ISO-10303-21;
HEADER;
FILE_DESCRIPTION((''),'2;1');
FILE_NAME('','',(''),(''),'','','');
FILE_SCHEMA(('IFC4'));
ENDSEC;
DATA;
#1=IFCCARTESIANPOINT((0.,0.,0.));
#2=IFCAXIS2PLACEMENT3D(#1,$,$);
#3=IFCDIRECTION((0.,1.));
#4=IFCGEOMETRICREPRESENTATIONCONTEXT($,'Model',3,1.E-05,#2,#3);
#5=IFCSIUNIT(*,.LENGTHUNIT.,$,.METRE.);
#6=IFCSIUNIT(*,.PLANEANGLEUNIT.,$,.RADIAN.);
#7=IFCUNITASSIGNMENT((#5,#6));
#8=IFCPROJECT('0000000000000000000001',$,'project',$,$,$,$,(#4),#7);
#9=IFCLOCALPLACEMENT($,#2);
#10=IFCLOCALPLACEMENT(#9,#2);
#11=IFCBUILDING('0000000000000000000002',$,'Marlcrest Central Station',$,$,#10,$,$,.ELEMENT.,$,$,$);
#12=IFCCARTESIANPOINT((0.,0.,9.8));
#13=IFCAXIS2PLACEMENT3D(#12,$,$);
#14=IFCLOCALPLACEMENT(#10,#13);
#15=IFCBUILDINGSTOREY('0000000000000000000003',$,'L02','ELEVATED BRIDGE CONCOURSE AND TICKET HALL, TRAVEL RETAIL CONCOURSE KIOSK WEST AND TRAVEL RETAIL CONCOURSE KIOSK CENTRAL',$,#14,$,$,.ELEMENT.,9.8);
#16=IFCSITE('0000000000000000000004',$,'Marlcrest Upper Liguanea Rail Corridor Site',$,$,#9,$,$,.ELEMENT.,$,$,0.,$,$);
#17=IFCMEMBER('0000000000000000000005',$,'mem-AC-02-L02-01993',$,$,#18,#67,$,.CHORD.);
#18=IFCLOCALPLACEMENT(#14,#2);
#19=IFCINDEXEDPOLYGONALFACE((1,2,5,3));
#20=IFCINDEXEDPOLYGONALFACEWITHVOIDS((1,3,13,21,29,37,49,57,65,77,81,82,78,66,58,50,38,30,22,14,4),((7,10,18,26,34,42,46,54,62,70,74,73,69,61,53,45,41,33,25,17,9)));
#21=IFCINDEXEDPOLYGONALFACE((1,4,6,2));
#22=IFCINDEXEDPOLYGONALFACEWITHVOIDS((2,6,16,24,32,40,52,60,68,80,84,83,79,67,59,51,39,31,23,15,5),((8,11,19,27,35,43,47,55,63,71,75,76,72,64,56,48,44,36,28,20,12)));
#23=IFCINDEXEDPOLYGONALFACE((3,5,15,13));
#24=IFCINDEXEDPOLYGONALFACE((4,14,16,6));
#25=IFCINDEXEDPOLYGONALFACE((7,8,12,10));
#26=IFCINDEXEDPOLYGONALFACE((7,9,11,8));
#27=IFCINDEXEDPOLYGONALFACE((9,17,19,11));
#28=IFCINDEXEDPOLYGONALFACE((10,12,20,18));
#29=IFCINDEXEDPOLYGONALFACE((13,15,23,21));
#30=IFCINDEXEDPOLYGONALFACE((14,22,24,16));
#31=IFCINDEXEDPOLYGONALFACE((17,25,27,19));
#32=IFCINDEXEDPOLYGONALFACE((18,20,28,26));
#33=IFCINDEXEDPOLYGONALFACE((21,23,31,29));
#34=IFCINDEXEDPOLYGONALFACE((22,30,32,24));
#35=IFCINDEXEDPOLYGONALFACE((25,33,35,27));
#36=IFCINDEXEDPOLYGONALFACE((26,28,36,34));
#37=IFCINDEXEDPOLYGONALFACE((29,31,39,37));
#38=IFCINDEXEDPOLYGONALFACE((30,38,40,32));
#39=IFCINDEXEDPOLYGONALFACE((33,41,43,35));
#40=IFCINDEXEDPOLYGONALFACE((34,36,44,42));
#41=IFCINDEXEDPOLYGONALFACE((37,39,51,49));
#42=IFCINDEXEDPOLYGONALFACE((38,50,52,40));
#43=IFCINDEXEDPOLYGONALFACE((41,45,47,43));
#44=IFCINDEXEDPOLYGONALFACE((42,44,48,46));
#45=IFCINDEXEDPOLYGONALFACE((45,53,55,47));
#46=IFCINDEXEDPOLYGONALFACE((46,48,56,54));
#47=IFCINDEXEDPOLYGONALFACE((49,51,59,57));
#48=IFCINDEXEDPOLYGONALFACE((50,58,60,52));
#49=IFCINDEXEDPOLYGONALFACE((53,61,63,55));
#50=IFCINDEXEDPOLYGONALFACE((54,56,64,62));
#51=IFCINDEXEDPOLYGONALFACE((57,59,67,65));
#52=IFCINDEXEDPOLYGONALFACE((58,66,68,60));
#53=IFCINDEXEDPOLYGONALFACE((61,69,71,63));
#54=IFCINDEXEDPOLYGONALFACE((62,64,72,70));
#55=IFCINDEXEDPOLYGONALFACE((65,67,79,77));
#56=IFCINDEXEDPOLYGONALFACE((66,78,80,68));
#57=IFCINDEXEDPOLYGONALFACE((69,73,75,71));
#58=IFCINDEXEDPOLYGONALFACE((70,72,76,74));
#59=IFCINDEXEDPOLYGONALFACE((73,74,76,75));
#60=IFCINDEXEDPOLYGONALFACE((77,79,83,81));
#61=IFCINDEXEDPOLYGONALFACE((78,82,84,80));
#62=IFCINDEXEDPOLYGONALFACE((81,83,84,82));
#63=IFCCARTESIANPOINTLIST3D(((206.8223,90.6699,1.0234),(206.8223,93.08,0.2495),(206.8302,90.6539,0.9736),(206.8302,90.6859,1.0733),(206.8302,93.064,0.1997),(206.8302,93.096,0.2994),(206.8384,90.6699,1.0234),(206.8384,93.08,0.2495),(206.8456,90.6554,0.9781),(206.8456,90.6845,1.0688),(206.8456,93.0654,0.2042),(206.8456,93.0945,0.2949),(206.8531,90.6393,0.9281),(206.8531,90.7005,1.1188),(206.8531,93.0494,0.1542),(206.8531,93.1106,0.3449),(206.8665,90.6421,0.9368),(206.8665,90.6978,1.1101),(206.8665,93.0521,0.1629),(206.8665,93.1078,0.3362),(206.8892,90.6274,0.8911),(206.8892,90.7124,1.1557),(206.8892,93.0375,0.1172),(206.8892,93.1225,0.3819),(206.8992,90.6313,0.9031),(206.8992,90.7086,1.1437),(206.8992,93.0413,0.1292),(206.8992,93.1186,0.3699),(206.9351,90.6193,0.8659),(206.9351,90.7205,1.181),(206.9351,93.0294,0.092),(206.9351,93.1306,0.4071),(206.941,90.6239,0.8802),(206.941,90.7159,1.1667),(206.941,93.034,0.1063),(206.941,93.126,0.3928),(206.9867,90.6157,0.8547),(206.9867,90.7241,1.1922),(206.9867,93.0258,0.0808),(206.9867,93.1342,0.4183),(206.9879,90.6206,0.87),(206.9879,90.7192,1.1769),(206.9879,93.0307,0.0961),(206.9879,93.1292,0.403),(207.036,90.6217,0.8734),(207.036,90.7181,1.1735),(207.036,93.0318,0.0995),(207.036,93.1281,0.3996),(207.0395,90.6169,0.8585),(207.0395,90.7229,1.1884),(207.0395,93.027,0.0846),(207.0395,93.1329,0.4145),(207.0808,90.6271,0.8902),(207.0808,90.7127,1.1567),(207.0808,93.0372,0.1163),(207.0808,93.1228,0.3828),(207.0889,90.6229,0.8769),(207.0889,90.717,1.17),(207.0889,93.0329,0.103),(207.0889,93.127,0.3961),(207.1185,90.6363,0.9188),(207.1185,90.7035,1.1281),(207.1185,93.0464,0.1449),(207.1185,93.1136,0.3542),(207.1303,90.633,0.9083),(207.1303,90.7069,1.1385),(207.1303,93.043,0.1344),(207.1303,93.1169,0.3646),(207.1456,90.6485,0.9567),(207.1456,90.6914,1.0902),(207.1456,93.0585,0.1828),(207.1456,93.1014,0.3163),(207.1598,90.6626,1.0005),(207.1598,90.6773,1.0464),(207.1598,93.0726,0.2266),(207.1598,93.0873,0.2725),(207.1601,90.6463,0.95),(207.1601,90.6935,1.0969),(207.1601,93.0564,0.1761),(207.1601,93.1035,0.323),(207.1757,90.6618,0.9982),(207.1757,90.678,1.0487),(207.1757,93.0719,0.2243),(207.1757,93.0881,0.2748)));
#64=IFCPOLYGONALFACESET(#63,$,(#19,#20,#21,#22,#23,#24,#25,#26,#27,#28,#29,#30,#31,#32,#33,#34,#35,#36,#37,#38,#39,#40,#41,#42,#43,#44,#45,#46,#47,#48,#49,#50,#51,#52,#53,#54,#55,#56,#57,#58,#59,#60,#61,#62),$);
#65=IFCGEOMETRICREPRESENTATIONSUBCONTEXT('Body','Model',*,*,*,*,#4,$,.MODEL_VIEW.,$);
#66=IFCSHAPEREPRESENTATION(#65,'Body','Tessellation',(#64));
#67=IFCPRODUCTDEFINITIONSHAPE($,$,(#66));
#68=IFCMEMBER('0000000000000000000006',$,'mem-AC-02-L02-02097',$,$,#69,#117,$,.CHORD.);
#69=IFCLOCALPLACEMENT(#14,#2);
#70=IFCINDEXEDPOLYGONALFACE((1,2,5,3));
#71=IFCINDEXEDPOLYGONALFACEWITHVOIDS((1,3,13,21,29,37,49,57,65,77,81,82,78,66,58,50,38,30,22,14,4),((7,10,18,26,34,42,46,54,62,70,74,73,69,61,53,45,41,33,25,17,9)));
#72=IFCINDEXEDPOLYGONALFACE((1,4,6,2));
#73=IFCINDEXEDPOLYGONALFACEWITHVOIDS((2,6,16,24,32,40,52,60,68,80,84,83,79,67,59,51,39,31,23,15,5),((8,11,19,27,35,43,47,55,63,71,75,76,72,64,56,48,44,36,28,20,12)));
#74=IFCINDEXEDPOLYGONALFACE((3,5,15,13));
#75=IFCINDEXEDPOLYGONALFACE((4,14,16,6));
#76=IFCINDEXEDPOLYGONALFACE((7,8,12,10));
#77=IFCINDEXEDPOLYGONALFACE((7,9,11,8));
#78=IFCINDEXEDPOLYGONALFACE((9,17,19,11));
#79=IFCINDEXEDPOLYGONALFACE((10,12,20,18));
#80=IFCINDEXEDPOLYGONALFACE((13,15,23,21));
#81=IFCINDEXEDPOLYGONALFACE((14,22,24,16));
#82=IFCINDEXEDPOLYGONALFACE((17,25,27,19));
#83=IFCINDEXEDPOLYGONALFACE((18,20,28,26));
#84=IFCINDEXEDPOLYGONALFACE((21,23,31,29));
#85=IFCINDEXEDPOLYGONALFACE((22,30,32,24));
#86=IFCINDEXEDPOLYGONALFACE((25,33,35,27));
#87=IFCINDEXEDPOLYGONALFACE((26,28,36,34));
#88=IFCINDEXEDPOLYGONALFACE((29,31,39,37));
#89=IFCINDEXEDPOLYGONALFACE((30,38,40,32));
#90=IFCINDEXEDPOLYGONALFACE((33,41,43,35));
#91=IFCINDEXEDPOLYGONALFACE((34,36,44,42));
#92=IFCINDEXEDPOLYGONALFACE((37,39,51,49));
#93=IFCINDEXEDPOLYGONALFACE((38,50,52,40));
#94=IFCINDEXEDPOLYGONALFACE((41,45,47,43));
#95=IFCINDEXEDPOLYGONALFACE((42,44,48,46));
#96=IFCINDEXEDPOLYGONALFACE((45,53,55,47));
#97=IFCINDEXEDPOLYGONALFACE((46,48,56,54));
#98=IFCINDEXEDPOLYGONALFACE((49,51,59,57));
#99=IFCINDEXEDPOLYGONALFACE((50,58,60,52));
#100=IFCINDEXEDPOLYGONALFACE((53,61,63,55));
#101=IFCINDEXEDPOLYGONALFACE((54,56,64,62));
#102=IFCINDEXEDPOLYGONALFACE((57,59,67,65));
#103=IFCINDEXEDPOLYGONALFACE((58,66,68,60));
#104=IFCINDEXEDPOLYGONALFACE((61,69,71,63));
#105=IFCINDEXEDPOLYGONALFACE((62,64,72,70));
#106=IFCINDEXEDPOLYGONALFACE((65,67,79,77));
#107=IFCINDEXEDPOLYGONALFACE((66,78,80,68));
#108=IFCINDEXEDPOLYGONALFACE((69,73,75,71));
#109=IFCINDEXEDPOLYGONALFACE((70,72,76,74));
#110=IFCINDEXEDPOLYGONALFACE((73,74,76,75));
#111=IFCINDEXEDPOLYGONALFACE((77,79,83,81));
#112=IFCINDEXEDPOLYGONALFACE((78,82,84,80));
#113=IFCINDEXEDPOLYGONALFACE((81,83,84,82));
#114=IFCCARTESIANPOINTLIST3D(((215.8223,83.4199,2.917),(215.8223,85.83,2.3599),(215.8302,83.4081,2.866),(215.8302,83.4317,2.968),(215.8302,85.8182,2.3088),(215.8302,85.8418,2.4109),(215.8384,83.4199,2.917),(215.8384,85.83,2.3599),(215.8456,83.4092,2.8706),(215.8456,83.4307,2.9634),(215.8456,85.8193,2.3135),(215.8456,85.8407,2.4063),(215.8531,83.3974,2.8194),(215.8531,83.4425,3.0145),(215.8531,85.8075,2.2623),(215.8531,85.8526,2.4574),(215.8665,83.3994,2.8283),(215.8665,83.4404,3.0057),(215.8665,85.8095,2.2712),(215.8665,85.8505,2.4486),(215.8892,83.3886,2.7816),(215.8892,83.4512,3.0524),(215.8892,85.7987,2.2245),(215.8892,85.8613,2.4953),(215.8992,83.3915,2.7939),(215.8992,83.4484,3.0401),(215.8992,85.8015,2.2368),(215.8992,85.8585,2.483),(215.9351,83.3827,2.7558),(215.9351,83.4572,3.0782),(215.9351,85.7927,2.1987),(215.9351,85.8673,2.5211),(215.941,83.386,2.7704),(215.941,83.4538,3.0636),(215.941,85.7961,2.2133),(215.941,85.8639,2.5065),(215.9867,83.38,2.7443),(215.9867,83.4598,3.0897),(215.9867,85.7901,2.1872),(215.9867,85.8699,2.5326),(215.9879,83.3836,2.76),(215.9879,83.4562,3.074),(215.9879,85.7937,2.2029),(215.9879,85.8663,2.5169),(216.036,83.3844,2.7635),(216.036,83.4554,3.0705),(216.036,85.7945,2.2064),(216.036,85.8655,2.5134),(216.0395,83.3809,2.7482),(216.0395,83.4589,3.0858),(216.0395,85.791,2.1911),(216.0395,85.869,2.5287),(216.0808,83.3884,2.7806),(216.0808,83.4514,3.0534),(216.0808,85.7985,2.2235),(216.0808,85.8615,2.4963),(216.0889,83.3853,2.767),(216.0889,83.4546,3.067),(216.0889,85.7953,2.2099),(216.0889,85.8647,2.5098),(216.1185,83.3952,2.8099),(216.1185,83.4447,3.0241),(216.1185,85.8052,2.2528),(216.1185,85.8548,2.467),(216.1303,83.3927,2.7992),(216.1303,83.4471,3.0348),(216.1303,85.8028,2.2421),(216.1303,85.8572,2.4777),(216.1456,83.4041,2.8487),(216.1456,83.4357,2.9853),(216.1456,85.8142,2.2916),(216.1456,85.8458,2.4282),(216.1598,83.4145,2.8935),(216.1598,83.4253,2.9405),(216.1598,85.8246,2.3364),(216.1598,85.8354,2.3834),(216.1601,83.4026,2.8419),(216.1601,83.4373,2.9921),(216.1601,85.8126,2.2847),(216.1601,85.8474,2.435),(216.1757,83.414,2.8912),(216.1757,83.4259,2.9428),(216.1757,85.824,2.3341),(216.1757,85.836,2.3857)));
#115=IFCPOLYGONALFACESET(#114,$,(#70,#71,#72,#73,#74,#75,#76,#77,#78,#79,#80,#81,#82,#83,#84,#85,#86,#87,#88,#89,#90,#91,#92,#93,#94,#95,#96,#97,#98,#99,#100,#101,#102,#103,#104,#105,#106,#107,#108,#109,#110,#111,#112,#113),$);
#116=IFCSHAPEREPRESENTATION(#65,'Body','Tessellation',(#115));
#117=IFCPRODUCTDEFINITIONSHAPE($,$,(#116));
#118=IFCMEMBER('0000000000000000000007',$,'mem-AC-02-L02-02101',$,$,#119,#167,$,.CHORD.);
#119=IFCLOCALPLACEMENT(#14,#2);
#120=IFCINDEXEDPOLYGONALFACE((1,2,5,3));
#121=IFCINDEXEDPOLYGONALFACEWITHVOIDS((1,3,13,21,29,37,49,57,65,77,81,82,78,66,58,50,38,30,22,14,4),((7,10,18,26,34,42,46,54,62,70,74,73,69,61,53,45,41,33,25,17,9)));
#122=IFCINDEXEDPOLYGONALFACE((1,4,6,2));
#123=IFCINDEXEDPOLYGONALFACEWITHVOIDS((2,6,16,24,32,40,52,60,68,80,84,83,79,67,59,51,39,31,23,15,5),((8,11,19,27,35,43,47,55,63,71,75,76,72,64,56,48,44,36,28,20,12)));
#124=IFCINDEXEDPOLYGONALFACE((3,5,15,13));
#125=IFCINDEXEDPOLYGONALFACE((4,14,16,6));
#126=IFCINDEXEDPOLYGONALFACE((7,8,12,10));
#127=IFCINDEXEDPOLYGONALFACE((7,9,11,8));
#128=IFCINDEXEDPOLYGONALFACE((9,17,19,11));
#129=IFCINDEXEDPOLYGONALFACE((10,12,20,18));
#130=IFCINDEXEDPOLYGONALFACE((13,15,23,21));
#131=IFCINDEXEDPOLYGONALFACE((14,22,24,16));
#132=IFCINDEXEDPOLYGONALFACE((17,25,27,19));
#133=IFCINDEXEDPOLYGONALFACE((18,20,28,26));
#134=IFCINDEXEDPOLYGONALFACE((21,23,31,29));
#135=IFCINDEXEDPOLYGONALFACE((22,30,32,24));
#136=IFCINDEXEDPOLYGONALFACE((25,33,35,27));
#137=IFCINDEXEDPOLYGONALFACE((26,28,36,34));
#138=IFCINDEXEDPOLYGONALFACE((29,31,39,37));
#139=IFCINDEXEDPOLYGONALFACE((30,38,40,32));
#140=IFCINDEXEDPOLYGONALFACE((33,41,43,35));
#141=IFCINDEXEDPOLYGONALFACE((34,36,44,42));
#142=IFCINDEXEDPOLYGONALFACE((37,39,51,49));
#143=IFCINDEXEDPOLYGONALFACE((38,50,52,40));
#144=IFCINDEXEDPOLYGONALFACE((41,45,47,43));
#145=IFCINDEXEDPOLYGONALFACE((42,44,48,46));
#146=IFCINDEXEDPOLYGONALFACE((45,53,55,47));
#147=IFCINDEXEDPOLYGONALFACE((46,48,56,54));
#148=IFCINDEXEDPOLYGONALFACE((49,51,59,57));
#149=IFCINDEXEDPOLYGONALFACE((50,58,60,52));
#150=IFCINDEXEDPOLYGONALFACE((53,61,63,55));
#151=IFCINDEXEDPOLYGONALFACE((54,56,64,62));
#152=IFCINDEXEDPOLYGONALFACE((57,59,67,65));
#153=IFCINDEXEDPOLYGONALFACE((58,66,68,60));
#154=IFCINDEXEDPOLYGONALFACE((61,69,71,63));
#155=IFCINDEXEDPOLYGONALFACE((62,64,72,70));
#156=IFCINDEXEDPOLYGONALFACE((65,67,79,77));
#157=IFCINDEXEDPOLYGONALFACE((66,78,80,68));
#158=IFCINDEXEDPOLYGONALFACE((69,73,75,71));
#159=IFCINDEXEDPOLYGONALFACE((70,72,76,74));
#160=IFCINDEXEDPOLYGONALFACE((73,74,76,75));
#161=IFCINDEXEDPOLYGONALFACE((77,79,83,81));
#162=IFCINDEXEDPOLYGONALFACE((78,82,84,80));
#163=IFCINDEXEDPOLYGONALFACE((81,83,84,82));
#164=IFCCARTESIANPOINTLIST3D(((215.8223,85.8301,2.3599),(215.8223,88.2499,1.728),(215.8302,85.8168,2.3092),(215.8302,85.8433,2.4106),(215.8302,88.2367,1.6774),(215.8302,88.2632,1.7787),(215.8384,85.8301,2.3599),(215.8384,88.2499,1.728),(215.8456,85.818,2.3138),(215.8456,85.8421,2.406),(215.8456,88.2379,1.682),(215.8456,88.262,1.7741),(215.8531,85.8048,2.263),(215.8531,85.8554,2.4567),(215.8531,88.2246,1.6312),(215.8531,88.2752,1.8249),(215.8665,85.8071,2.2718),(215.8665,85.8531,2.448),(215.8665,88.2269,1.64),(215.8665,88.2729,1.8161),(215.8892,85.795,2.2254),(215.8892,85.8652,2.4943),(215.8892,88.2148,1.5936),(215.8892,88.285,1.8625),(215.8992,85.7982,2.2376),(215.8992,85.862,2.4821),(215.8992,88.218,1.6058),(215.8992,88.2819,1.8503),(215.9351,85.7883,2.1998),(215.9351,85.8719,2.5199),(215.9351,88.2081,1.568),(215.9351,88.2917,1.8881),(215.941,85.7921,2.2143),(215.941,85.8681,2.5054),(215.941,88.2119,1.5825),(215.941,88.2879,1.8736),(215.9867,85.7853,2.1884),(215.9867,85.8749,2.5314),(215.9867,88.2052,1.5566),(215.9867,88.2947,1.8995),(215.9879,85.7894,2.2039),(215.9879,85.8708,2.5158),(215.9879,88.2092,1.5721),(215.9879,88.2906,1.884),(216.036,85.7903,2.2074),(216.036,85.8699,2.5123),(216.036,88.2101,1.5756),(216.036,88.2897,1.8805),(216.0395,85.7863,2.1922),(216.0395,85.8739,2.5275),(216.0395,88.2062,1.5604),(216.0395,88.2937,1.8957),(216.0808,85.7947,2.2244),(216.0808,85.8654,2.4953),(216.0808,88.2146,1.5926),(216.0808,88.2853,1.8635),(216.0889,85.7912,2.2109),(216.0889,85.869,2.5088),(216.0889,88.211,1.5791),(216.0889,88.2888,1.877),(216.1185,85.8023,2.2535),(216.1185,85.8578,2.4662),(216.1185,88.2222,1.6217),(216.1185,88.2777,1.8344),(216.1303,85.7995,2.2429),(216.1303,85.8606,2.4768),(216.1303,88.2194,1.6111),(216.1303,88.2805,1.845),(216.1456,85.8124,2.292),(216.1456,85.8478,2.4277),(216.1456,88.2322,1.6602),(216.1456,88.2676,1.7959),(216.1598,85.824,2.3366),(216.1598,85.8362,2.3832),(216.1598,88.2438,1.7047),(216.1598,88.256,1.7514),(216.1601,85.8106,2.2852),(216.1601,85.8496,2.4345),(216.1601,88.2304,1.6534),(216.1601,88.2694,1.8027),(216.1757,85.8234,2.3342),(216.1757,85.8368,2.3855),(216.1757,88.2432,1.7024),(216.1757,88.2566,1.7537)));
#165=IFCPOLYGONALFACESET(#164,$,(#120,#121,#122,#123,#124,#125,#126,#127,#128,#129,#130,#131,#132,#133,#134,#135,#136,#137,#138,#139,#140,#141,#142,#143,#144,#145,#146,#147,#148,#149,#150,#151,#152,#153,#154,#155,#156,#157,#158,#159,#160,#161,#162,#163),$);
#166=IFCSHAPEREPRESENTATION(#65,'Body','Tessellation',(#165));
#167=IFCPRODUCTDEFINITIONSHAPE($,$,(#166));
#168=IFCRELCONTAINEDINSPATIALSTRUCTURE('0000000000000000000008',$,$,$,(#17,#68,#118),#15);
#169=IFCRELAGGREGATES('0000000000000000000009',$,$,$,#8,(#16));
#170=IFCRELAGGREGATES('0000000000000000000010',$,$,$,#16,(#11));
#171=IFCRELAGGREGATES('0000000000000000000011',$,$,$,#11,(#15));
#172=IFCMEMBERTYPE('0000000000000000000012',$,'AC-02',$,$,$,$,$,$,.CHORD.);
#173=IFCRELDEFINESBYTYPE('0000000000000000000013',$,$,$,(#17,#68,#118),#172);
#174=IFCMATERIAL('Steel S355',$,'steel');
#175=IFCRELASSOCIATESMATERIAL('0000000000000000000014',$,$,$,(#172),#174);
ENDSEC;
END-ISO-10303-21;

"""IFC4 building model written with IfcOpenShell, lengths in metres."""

from ifc_helpers import new_model, si_unit, direction, frame, origin, origin_2d, place, context, subcontext, project, spatial, hollow_circle, extrude, material, material_profile, profile_set, type_object, element, save


model = new_model("IFC4")

# Units and contexts
model_context = context("Model", 3, precision=1e-05, world=origin(), true_north=direction((0.0, 1.0)))
body_context = subcontext(model_context, "Body", "Model", "MODEL_VIEW")
ifc_project = project(units=[si_unit("LENGTHUNIT", "METRE"), si_unit("PLANEANGLEUNIT", "RADIAN")], contexts=[model_context])

# Site, building, storey
site_placement = place(None, origin())
site = spatial("IfcSite", under=ifc_project, at=site_placement, Name="Marlcrest Upper Liguanea Rail Corridor Site", CompositionType="ELEMENT", RefElevation=0.0)
building_placement = place(site_placement, origin())
building = spatial("IfcBuilding", under=site, at=building_placement, Name="Marlcrest Central Station", CompositionType="ELEMENT")
storey_placement = place(building_placement, frame((0.0, 0.0, 9.8)))
storey = spatial("IfcBuildingStorey", under=building, at=storey_placement, Name="L02", Description="ELEVATED BRIDGE CONCOURSE AND TICKET HALL, TRAVEL RETAIL CONCOURSE KIOSK WEST AND TRAVEL RETAIL CONCOURSE KIOSK CENTRAL", CompositionType="ELEMENT", Elevation=9.8)

# Members
ifc_material_1 = material(Name="Steel S355", Category="steel")
ifc_material_profile_1 = material_profile(ifc_material_1, hollow_circle(Radius=0.1777, WallThickness=0.0161, at=origin_2d()), Name="CHS 355.6x16")
ifc_profile_set_1 = profile_set([ifc_material_profile_1], Name="Steel S355")
member_type_1 = type_object("IfcMemberType", Name="AC-02", PredefinedType="CHORD", material=ifc_profile_set_1)
member_1_placement = place(storey_placement, frame((207.0, 90.6699, 1.0234), z_axis=(0.0, 0.952117, -0.305734), x_axis=(-1.0, 0.0, 0.0)))
element("IfcMember", 1, at=member_1_placement, inside=storey, type_object=member_type_1, Name="mem-AC-02-L02-01993", PredefinedType="CHORD", context=body_context, shape_type="SweptSolid", body=[
    extrude(hollow_circle(Radius=0.1777, WallThickness=0.0161, at=origin_2d()), origin(), (0.0, 0.0, 1.0), 2.5312),
])
member_2_placement = place(storey_placement, frame((216.0, 83.4199, 2.917), z_axis=(0.0, 0.974308, -0.22522), x_axis=(-1.0, 0.0, 0.0)))
element("IfcMember", 2, at=member_2_placement, inside=storey, type_object=member_type_1, Name="mem-AC-02-L02-02097", PredefinedType="CHORD", context=body_context, shape_type="SweptSolid", body=[
    extrude(hollow_circle(Radius=0.1777, WallThickness=0.0161, at=origin_2d()), origin(), (0.0, 0.0, 1.0), 2.4736),
])
member_3_placement = place(storey_placement, frame((216.0, 85.8301, 2.3599), z_axis=(0.0, 0.967563, -0.252629), x_axis=(-1.0, 0.0, 0.0)))
element("IfcMember", 3, at=member_3_placement, inside=storey, type_object=member_type_1, Name="mem-AC-02-L02-02101", PredefinedType="CHORD", context=body_context, shape_type="SweptSolid", body=[
    extrude(hollow_circle(Radius=0.1777, WallThickness=0.0161, at=origin_2d()), origin(), (0.0, 0.0, 1.0), 2.501),
])

save(model, "model.ifc")
